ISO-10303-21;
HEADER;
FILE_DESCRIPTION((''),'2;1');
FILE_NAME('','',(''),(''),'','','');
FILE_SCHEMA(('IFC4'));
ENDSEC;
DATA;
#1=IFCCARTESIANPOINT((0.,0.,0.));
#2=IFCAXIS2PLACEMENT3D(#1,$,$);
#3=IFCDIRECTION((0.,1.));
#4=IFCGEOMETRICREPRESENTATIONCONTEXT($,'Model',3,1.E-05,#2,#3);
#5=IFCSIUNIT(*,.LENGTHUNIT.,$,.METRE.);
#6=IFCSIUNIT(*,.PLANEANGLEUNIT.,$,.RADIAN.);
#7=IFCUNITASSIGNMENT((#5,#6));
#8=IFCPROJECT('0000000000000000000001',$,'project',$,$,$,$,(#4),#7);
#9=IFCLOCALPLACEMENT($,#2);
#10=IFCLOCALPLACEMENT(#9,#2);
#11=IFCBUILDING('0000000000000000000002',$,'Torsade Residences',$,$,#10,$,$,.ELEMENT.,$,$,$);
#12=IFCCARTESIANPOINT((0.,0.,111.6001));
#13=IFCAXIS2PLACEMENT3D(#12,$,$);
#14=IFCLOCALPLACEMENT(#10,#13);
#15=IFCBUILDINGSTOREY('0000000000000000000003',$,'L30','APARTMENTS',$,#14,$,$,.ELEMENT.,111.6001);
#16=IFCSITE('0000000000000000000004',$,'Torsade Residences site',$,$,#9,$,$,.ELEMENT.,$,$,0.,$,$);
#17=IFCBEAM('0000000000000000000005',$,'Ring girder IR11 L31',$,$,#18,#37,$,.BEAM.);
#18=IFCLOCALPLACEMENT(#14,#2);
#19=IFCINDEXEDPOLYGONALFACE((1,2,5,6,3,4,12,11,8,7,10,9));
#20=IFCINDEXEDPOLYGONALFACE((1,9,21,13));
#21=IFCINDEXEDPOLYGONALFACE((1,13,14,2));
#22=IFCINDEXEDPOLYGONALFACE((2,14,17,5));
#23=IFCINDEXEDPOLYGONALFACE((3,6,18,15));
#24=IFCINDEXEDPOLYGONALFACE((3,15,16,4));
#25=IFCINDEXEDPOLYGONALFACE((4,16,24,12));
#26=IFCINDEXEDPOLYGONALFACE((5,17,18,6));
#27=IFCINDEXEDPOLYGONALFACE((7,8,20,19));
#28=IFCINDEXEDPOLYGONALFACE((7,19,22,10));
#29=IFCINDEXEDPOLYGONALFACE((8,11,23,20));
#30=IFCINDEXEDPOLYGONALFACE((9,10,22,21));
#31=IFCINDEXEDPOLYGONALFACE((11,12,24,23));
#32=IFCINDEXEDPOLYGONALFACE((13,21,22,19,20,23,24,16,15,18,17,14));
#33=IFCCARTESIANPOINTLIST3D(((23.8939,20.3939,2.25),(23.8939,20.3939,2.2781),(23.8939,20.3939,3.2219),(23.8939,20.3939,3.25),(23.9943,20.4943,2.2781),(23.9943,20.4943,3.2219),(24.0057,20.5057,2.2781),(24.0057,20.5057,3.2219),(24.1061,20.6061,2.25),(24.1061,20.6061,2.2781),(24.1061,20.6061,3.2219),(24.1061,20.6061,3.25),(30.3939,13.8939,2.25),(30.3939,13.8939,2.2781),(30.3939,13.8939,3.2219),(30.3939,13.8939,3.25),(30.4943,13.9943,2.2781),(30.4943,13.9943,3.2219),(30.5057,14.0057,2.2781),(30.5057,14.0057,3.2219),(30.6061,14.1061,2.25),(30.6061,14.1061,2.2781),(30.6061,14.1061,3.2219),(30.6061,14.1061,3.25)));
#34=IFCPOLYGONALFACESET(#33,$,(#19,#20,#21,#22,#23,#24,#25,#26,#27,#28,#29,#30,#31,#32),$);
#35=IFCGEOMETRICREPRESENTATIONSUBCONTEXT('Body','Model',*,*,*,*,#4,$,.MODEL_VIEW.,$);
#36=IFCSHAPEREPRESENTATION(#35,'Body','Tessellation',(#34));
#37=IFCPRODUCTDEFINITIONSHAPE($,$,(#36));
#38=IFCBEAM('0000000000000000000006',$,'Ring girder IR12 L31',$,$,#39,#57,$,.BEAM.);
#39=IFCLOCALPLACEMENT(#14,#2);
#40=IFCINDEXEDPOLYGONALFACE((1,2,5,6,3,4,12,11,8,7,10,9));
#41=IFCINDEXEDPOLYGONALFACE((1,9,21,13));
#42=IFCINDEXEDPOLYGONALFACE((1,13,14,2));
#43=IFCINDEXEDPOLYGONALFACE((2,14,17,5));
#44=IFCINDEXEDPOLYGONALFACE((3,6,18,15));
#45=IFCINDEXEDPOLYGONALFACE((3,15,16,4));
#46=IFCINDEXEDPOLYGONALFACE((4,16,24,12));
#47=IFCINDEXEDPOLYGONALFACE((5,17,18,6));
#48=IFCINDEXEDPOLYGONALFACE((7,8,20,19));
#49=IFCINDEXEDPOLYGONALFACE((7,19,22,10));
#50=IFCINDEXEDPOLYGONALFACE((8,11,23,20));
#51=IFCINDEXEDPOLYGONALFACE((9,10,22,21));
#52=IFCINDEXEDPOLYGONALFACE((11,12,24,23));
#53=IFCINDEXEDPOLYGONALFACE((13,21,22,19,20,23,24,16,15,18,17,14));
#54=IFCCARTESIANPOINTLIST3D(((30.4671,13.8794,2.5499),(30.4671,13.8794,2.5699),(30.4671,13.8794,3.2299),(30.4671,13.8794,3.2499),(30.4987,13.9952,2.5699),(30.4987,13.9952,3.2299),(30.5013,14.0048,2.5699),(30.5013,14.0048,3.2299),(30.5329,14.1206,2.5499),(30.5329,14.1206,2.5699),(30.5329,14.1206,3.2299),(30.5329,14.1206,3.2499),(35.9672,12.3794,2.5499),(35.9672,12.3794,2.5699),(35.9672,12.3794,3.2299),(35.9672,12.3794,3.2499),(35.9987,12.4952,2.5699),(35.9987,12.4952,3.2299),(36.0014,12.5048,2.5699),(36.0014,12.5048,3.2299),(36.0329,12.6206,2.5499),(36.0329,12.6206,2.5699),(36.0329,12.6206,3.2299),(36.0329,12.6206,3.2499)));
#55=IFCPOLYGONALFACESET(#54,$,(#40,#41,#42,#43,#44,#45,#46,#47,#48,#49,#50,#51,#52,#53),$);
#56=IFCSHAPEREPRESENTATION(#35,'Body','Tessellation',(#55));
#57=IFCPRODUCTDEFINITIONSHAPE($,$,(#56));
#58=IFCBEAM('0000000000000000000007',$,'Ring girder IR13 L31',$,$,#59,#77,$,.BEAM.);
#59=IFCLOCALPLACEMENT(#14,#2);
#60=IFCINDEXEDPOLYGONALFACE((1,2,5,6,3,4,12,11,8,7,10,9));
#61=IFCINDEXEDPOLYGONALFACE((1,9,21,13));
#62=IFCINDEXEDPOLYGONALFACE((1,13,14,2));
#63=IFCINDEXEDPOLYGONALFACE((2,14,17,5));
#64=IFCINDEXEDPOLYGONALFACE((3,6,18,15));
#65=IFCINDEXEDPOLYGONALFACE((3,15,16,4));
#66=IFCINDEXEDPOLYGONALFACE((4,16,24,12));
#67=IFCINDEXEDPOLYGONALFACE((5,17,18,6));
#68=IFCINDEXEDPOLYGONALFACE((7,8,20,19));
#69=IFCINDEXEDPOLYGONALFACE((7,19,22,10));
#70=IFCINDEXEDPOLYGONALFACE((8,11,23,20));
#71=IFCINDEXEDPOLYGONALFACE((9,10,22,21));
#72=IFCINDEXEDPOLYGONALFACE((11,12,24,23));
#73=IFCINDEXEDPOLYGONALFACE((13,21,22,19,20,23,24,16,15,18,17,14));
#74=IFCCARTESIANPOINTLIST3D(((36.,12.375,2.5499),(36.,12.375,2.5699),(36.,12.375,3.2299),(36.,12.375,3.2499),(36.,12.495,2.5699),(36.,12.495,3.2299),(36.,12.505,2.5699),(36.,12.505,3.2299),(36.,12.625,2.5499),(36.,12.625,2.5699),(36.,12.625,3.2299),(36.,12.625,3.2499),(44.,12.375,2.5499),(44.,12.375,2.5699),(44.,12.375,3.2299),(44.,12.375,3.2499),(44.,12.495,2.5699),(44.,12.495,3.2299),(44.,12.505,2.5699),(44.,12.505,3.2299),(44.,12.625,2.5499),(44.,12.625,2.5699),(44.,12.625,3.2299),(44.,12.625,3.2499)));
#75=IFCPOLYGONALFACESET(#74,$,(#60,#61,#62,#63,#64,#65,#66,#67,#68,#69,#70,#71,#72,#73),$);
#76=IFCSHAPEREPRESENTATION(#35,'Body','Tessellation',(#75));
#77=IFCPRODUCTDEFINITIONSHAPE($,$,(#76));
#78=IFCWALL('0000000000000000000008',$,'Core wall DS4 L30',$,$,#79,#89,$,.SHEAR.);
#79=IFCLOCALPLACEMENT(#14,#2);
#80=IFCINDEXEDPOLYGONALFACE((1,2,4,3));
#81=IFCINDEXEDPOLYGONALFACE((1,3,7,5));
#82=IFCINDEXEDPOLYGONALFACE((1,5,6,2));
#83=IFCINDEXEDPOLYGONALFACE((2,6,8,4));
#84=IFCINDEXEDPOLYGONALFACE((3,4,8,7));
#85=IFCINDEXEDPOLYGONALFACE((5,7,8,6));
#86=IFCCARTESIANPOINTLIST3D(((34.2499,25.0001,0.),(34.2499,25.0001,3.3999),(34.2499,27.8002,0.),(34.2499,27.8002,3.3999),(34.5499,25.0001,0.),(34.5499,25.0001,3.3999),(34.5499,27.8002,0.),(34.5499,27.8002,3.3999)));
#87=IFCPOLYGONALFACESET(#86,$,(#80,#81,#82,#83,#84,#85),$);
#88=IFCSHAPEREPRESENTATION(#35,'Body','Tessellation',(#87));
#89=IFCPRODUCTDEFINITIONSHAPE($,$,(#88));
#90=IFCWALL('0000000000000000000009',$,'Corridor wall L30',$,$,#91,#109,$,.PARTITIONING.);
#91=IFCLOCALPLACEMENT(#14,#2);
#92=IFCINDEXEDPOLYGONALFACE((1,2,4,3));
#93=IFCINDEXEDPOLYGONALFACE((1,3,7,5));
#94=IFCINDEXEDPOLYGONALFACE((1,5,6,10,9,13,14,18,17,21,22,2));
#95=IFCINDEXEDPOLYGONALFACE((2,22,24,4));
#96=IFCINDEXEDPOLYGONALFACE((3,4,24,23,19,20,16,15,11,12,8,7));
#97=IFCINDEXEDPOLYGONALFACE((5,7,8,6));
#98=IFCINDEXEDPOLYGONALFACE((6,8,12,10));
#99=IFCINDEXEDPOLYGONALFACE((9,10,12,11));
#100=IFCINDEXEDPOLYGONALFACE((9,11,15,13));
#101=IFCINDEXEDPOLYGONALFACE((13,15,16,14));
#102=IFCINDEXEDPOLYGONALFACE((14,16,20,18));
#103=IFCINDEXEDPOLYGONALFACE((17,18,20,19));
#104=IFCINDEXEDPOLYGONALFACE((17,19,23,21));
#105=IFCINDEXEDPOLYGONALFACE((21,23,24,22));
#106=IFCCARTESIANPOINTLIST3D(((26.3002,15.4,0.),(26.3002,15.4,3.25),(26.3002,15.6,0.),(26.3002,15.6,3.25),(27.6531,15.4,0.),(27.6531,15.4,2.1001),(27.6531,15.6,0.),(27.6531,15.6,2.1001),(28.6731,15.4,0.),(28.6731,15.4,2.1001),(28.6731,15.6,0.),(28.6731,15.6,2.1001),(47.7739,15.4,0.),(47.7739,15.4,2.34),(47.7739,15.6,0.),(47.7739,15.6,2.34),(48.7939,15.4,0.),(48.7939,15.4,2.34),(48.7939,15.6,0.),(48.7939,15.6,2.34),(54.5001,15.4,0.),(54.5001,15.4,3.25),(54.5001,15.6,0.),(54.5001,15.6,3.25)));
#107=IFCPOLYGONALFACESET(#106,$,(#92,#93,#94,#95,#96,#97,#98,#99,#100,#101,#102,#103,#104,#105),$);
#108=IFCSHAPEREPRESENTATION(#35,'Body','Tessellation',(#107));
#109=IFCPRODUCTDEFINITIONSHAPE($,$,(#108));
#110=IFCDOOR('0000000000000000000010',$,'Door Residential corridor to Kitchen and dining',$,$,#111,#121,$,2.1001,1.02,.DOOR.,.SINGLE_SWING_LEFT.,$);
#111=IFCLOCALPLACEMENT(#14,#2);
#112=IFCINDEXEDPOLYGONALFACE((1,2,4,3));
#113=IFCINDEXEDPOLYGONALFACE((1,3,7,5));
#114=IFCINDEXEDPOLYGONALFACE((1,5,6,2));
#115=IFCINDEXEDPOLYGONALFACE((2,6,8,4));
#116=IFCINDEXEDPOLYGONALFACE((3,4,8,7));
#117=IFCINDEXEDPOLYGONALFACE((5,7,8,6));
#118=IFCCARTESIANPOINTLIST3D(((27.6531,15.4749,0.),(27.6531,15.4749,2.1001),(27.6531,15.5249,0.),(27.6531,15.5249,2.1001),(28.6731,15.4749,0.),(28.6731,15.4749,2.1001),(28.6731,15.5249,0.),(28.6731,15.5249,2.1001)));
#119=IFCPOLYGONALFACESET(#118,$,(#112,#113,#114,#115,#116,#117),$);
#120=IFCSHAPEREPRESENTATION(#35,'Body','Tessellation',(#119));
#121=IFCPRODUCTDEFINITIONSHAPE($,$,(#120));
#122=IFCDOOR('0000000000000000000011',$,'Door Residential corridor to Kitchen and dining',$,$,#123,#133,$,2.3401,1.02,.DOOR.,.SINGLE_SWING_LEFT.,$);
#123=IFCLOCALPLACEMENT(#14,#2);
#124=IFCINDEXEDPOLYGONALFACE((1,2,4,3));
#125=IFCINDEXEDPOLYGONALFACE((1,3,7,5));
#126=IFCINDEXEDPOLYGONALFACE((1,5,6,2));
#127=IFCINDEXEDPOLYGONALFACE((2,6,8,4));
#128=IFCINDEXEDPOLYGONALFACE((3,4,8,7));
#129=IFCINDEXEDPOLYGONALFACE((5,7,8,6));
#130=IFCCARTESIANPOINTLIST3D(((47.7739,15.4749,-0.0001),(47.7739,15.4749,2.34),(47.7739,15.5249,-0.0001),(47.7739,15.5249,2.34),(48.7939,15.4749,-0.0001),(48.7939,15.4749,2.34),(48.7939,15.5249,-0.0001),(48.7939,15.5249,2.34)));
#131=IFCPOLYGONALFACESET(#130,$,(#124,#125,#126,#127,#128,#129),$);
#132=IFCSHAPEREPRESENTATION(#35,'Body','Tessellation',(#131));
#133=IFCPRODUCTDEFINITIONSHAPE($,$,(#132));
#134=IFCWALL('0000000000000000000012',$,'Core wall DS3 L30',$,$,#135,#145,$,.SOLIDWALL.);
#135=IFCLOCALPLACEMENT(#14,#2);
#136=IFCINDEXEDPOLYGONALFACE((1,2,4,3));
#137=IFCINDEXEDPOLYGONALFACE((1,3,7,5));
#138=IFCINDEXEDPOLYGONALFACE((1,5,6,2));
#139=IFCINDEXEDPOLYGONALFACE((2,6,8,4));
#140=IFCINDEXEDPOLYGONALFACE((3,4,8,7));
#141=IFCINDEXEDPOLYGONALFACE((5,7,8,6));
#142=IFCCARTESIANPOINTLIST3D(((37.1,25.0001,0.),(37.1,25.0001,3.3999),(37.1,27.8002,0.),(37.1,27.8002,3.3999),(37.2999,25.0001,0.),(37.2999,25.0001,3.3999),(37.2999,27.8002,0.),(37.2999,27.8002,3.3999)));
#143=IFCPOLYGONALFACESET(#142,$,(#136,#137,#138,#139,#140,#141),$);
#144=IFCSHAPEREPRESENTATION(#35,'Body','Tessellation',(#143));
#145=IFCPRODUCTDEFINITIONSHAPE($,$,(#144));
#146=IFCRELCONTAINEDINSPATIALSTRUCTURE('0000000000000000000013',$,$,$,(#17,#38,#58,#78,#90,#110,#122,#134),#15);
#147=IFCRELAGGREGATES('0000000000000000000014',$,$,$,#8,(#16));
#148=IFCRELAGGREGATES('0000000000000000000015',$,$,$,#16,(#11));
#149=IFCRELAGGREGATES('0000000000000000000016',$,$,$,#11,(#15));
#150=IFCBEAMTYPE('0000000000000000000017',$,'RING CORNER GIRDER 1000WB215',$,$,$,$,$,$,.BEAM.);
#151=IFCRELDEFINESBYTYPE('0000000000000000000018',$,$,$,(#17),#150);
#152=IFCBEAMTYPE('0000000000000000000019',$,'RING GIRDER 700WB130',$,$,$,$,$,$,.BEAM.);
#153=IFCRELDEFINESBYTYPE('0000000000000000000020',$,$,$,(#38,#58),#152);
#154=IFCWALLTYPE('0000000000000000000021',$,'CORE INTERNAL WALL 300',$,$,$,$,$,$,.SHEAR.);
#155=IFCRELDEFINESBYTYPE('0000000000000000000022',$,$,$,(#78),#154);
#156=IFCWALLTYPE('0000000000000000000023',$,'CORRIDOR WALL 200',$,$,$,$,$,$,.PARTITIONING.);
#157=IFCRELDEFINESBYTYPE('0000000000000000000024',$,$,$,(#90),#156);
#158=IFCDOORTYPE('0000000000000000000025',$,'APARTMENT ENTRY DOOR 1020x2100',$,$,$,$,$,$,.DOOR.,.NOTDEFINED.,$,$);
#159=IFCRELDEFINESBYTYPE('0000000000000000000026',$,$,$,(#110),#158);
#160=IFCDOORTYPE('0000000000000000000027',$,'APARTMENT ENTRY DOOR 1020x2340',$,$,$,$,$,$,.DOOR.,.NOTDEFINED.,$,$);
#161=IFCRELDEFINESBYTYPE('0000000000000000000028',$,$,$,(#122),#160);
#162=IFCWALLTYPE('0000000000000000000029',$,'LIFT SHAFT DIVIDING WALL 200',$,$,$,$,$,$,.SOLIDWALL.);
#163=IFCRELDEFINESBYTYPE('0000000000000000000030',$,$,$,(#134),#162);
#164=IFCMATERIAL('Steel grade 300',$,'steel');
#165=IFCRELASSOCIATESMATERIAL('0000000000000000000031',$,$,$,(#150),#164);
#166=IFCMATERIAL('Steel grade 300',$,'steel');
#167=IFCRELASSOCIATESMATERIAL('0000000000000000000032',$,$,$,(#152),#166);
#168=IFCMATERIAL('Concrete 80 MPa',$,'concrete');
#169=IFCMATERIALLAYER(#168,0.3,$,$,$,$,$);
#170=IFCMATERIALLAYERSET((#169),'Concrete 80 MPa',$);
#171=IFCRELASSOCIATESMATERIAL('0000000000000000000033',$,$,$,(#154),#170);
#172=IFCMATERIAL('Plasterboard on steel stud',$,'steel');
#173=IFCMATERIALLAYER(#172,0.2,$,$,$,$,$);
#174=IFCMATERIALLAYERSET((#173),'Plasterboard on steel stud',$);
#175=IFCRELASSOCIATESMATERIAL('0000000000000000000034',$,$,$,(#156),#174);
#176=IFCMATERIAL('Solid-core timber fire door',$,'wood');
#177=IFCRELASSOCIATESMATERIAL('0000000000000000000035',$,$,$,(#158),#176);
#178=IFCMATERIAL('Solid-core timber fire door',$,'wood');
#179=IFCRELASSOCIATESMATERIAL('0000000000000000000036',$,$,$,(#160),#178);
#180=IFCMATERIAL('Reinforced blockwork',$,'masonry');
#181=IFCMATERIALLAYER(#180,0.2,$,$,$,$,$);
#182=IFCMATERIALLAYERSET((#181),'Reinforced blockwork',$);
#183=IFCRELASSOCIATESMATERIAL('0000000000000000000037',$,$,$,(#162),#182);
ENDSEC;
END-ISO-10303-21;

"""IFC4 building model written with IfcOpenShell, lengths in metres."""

from ifc_helpers import new_model, si_unit, direction, frame, frame_2d, origin, origin_2d, place, context, subcontext, project, spatial, rectangle, i_section, extrude, material, layer, layer_set, material_profile, profile_set, type_object, element, fill, save


model = new_model("IFC4")

# Units and contexts
model_context = context("Model", 3, precision=1e-05, world=origin(), true_north=direction((0.0, 1.0)))
body_context = subcontext(model_context, "Body", "Model", "MODEL_VIEW")
ifc_project = project(units=[si_unit("LENGTHUNIT", "METRE"), si_unit("PLANEANGLEUNIT", "RADIAN")], contexts=[model_context])

# Site, building, storey
site_placement = place(None, origin())
site = spatial("IfcSite", under=ifc_project, at=site_placement, Name="Torsade Residences site", CompositionType="ELEMENT", RefElevation=0.0)
building_placement = place(site_placement, origin())
building = spatial("IfcBuilding", under=site, at=building_placement, Name="Torsade Residences", CompositionType="ELEMENT")
storey_placement = place(building_placement, frame((0.0, 0.0, 111.6001)))
storey = spatial("IfcBuildingStorey", under=building, at=storey_placement, Name="L30", Description="APARTMENTS", CompositionType="ELEMENT", Elevation=111.6001)

# Beams
ifc_material_1 = material(Name="Steel grade 300", Category="steel")
ifc_material_profile_1 = material_profile(ifc_material_1, i_section(OverallWidth=0.3, OverallDepth=1.0, WebThickness=0.0161, FlangeThickness=0.0281, at=origin_2d()), Name="1000WB215")
ifc_profile_set_1 = profile_set([ifc_material_profile_1], Name="Steel grade 300")
beam_type_1 = type_object("IfcBeamType", Name="RING CORNER GIRDER 1000WB215", PredefinedType="BEAM", material=ifc_profile_set_1)
beam_1_placement = place(storey_placement, frame((24.0, 20.5, 2.75), z_axis=(0.707107, -0.707107, 0.0), x_axis=(0.707107, 0.707107, 0.0)))
element("IfcBeam", 1, at=beam_1_placement, inside=storey, type_object=beam_type_1, Name="Ring girder IR11 L31", PredefinedType="BEAM", context=body_context, shape_type="SweptSolid", body=[
    extrude(i_section(OverallWidth=0.3, OverallDepth=1.0, WebThickness=0.0161, FlangeThickness=0.0281, at=origin_2d()), origin(), (0.0, 0.0, 1.0), 9.1924),
])
ifc_material_2 = material(Name="Steel grade 300", Category="steel")
ifc_material_profile_2 = material_profile(ifc_material_2, i_section(OverallWidth=0.25, OverallDepth=0.7, WebThickness=0.01, FlangeThickness=0.02, at=origin_2d()), Name="700WB130")
ifc_profile_set_2 = profile_set([ifc_material_profile_2], Name="Steel grade 300")
beam_type_2 = type_object("IfcBeamType", Name="RING GIRDER 700WB130", PredefinedType="BEAM", material=ifc_profile_set_2)
beam_2_placement = place(storey_placement, frame((30.5, 14.0, 2.8999), z_axis=(0.964764, -0.263117, 0.0), x_axis=(0.263117, 0.964764, 0.0)))
element("IfcBeam", 2, at=beam_2_placement, inside=storey, type_object=beam_type_2, Name="Ring girder IR12 L31", PredefinedType="BEAM", context=body_context, shape_type="SweptSolid", body=[
    extrude(i_section(OverallWidth=0.25, OverallDepth=0.7, WebThickness=0.01, FlangeThickness=0.02, at=origin_2d()), origin(), (0.0, 0.0, 1.0), 5.7009),
])
beam_3_placement = place(storey_placement, frame((36.0, 12.5, 2.8999), z_axis=(1.0, 0.0, 0.0), x_axis=(0.0, 1.0, 0.0)))
element("IfcBeam", 3, at=beam_3_placement, inside=storey, type_object=beam_type_2, Name="Ring girder IR13 L31", PredefinedType="BEAM", context=body_context, shape_type="SweptSolid", body=[
    extrude(i_section(OverallWidth=0.25, OverallDepth=0.7, WebThickness=0.01, FlangeThickness=0.02, at=origin_2d()), origin(), (0.0, 0.0, 1.0), 8.0),
])

# Wall
ifc_material_3 = material(Name="Concrete 80 MPa", Category="concrete")
ifc_layer_1 = layer(ifc_material_3, 0.3)
ifc_layer_set_1 = layer_set([ifc_layer_1], Name="Concrete 80 MPa")
wall_type_1 = type_object("IfcWallType", Name="CORE INTERNAL WALL 300", PredefinedType="SHEAR", material=ifc_layer_set_1)
wall_1_placement = place(storey_placement, frame((34.3999, 27.8, 0.0), z_axis=(0.0, 0.0, 1.0), x_axis=(0.0, -1.0, 0.0)))
element("IfcWall", 4, at=wall_1_placement, inside=storey, type_object=wall_type_1, Name="Core wall DS4 L30", PredefinedType="SHEAR", context=body_context, shape_type="SweptSolid", body=[
    extrude(rectangle(XDim=2.8, YDim=0.3, at=frame_2d((1.3999, 0.0))), origin(), (0.0, 0.0, 1.0), 3.3999),
])

# Wall, openings, doors
ifc_material_4 = material(Name="Plasterboard on steel stud", Category="steel")
ifc_layer_2 = layer(ifc_material_4, 0.2)
ifc_layer_set_2 = layer_set([ifc_layer_2], Name="Plasterboard on steel stud")
wall_type_2 = type_object("IfcWallType", Name="CORRIDOR WALL 200", PredefinedType="PARTITIONING", material=ifc_layer_set_2)
wall_2_placement = place(storey_placement, frame((26.3, 15.5, 0.0), z_axis=(0.0, 0.0, 1.0), x_axis=(1.0, 0.0, 0.0)))
wall_2 = element("IfcWall", 5, at=wall_2_placement, inside=storey, type_object=wall_type_2, Name="Corridor wall L30", PredefinedType="PARTITIONING", context=body_context, shape_type="SweptSolid", body=[
    extrude(rectangle(XDim=28.2, YDim=0.2, at=frame_2d((14.1001, 0.0))), origin(), (0.0, 0.0, 1.0), 3.25),
])
opening_1_placement = place(wall_2_placement, frame((21.4739, 0.0, 0.0)))
opening_1 = element("IfcOpeningElement", 6, at=opening_1_placement, cuts=wall_2, PredefinedType="OPENING", context=body_context, shape_type="SweptSolid", body=[
    extrude(rectangle(XDim=1.02, YDim=2.3401, at=frame_2d((0.51, 1.1699))), frame((0.0, 0.1099, 0.0), z_axis=(0.0, -1.0, 0.0), x_axis=(1.0, 0.0, 0.0)), (0.0, 0.0, 1.0), 0.22),
])
opening_2_placement = place(wall_2_placement, frame((1.353, 0.0, 0.0)))
opening_2 = element("IfcOpeningElement", 7, at=opening_2_placement, cuts=wall_2, PredefinedType="OPENING", context=body_context, shape_type="SweptSolid", body=[
    extrude(rectangle(XDim=1.02, YDim=2.1001, at=frame_2d((0.51, 1.05))), frame((0.0, 0.1099, 0.0), z_axis=(0.0, -1.0, 0.0), x_axis=(1.0, 0.0, 0.0)), (0.0, 0.0, 1.0), 0.22),
])
ifc_material_5 = material(Name="Solid-core timber fire door", Category="wood")
door_type_1 = type_object("IfcDoorType", Name="APARTMENT ENTRY DOOR 1020x2100", OperationType="NOTDEFINED", PredefinedType="DOOR", material=ifc_material_5)
door_1_placement = place(opening_2_placement, origin())
door_1 = element("IfcDoor", 8, at=door_1_placement, inside=storey, type_object=door_type_1, Name="Door Residential corridor to Kitchen and dining", OperationType="SINGLE_SWING_LEFT", OverallHeight=2.1001, OverallWidth=1.02, PredefinedType="DOOR", context=body_context, shape_type="SweptSolid", body=[
    extrude(rectangle(XDim=1.02, YDim=2.1001, at=frame_2d((0.51, 1.05))), frame((0.0, 0.0249, 0.0), z_axis=(0.0, -1.0, 0.0), x_axis=(1.0, 0.0, 0.0)), (0.0, 0.0, 1.0), 0.05),
])
fill(opening_2, door_1)
ifc_material_6 = material(Name="Solid-core timber fire door", Category="wood")
door_type_2 = type_object("IfcDoorType", Name="APARTMENT ENTRY DOOR 1020x2340", OperationType="NOTDEFINED", PredefinedType="DOOR", material=ifc_material_6)
door_2_placement = place(opening_1_placement, origin())
door_2 = element("IfcDoor", 9, at=door_2_placement, inside=storey, type_object=door_type_2, Name="Door Residential corridor to Kitchen and dining", OperationType="SINGLE_SWING_LEFT", OverallHeight=2.3401, OverallWidth=1.02, PredefinedType="DOOR", context=body_context, shape_type="SweptSolid", body=[
    extrude(rectangle(XDim=1.02, YDim=2.3401, at=frame_2d((0.51, 1.1699))), frame((0.0, 0.0249, 0.0), z_axis=(0.0, -1.0, 0.0), x_axis=(1.0, 0.0, 0.0)), (0.0, 0.0, 1.0), 0.05),
])
fill(opening_1, door_2)

# Wall
ifc_material_7 = material(Name="Reinforced blockwork", Category="masonry")
ifc_layer_3 = layer(ifc_material_7, 0.2)
ifc_layer_set_3 = layer_set([ifc_layer_3], Name="Reinforced blockwork")
wall_type_3 = type_object("IfcWallType", Name="LIFT SHAFT DIVIDING WALL 200", PredefinedType="SOLIDWALL", material=ifc_layer_set_3)
wall_3_placement = place(storey_placement, frame((37.2, 27.8, 0.0), z_axis=(0.0, 0.0, 1.0), x_axis=(0.0, -1.0, 0.0)))
element("IfcWall", 10, at=wall_3_placement, inside=storey, type_object=wall_type_3, Name="Core wall DS3 L30", PredefinedType="SOLIDWALL", context=body_context, shape_type="SweptSolid", body=[
    extrude(rectangle(XDim=2.8, YDim=0.2, at=frame_2d((1.3999, 0.0))), origin(), (0.0, 0.0, 1.0), 3.3999),
])

save(model, "model.ifc")
